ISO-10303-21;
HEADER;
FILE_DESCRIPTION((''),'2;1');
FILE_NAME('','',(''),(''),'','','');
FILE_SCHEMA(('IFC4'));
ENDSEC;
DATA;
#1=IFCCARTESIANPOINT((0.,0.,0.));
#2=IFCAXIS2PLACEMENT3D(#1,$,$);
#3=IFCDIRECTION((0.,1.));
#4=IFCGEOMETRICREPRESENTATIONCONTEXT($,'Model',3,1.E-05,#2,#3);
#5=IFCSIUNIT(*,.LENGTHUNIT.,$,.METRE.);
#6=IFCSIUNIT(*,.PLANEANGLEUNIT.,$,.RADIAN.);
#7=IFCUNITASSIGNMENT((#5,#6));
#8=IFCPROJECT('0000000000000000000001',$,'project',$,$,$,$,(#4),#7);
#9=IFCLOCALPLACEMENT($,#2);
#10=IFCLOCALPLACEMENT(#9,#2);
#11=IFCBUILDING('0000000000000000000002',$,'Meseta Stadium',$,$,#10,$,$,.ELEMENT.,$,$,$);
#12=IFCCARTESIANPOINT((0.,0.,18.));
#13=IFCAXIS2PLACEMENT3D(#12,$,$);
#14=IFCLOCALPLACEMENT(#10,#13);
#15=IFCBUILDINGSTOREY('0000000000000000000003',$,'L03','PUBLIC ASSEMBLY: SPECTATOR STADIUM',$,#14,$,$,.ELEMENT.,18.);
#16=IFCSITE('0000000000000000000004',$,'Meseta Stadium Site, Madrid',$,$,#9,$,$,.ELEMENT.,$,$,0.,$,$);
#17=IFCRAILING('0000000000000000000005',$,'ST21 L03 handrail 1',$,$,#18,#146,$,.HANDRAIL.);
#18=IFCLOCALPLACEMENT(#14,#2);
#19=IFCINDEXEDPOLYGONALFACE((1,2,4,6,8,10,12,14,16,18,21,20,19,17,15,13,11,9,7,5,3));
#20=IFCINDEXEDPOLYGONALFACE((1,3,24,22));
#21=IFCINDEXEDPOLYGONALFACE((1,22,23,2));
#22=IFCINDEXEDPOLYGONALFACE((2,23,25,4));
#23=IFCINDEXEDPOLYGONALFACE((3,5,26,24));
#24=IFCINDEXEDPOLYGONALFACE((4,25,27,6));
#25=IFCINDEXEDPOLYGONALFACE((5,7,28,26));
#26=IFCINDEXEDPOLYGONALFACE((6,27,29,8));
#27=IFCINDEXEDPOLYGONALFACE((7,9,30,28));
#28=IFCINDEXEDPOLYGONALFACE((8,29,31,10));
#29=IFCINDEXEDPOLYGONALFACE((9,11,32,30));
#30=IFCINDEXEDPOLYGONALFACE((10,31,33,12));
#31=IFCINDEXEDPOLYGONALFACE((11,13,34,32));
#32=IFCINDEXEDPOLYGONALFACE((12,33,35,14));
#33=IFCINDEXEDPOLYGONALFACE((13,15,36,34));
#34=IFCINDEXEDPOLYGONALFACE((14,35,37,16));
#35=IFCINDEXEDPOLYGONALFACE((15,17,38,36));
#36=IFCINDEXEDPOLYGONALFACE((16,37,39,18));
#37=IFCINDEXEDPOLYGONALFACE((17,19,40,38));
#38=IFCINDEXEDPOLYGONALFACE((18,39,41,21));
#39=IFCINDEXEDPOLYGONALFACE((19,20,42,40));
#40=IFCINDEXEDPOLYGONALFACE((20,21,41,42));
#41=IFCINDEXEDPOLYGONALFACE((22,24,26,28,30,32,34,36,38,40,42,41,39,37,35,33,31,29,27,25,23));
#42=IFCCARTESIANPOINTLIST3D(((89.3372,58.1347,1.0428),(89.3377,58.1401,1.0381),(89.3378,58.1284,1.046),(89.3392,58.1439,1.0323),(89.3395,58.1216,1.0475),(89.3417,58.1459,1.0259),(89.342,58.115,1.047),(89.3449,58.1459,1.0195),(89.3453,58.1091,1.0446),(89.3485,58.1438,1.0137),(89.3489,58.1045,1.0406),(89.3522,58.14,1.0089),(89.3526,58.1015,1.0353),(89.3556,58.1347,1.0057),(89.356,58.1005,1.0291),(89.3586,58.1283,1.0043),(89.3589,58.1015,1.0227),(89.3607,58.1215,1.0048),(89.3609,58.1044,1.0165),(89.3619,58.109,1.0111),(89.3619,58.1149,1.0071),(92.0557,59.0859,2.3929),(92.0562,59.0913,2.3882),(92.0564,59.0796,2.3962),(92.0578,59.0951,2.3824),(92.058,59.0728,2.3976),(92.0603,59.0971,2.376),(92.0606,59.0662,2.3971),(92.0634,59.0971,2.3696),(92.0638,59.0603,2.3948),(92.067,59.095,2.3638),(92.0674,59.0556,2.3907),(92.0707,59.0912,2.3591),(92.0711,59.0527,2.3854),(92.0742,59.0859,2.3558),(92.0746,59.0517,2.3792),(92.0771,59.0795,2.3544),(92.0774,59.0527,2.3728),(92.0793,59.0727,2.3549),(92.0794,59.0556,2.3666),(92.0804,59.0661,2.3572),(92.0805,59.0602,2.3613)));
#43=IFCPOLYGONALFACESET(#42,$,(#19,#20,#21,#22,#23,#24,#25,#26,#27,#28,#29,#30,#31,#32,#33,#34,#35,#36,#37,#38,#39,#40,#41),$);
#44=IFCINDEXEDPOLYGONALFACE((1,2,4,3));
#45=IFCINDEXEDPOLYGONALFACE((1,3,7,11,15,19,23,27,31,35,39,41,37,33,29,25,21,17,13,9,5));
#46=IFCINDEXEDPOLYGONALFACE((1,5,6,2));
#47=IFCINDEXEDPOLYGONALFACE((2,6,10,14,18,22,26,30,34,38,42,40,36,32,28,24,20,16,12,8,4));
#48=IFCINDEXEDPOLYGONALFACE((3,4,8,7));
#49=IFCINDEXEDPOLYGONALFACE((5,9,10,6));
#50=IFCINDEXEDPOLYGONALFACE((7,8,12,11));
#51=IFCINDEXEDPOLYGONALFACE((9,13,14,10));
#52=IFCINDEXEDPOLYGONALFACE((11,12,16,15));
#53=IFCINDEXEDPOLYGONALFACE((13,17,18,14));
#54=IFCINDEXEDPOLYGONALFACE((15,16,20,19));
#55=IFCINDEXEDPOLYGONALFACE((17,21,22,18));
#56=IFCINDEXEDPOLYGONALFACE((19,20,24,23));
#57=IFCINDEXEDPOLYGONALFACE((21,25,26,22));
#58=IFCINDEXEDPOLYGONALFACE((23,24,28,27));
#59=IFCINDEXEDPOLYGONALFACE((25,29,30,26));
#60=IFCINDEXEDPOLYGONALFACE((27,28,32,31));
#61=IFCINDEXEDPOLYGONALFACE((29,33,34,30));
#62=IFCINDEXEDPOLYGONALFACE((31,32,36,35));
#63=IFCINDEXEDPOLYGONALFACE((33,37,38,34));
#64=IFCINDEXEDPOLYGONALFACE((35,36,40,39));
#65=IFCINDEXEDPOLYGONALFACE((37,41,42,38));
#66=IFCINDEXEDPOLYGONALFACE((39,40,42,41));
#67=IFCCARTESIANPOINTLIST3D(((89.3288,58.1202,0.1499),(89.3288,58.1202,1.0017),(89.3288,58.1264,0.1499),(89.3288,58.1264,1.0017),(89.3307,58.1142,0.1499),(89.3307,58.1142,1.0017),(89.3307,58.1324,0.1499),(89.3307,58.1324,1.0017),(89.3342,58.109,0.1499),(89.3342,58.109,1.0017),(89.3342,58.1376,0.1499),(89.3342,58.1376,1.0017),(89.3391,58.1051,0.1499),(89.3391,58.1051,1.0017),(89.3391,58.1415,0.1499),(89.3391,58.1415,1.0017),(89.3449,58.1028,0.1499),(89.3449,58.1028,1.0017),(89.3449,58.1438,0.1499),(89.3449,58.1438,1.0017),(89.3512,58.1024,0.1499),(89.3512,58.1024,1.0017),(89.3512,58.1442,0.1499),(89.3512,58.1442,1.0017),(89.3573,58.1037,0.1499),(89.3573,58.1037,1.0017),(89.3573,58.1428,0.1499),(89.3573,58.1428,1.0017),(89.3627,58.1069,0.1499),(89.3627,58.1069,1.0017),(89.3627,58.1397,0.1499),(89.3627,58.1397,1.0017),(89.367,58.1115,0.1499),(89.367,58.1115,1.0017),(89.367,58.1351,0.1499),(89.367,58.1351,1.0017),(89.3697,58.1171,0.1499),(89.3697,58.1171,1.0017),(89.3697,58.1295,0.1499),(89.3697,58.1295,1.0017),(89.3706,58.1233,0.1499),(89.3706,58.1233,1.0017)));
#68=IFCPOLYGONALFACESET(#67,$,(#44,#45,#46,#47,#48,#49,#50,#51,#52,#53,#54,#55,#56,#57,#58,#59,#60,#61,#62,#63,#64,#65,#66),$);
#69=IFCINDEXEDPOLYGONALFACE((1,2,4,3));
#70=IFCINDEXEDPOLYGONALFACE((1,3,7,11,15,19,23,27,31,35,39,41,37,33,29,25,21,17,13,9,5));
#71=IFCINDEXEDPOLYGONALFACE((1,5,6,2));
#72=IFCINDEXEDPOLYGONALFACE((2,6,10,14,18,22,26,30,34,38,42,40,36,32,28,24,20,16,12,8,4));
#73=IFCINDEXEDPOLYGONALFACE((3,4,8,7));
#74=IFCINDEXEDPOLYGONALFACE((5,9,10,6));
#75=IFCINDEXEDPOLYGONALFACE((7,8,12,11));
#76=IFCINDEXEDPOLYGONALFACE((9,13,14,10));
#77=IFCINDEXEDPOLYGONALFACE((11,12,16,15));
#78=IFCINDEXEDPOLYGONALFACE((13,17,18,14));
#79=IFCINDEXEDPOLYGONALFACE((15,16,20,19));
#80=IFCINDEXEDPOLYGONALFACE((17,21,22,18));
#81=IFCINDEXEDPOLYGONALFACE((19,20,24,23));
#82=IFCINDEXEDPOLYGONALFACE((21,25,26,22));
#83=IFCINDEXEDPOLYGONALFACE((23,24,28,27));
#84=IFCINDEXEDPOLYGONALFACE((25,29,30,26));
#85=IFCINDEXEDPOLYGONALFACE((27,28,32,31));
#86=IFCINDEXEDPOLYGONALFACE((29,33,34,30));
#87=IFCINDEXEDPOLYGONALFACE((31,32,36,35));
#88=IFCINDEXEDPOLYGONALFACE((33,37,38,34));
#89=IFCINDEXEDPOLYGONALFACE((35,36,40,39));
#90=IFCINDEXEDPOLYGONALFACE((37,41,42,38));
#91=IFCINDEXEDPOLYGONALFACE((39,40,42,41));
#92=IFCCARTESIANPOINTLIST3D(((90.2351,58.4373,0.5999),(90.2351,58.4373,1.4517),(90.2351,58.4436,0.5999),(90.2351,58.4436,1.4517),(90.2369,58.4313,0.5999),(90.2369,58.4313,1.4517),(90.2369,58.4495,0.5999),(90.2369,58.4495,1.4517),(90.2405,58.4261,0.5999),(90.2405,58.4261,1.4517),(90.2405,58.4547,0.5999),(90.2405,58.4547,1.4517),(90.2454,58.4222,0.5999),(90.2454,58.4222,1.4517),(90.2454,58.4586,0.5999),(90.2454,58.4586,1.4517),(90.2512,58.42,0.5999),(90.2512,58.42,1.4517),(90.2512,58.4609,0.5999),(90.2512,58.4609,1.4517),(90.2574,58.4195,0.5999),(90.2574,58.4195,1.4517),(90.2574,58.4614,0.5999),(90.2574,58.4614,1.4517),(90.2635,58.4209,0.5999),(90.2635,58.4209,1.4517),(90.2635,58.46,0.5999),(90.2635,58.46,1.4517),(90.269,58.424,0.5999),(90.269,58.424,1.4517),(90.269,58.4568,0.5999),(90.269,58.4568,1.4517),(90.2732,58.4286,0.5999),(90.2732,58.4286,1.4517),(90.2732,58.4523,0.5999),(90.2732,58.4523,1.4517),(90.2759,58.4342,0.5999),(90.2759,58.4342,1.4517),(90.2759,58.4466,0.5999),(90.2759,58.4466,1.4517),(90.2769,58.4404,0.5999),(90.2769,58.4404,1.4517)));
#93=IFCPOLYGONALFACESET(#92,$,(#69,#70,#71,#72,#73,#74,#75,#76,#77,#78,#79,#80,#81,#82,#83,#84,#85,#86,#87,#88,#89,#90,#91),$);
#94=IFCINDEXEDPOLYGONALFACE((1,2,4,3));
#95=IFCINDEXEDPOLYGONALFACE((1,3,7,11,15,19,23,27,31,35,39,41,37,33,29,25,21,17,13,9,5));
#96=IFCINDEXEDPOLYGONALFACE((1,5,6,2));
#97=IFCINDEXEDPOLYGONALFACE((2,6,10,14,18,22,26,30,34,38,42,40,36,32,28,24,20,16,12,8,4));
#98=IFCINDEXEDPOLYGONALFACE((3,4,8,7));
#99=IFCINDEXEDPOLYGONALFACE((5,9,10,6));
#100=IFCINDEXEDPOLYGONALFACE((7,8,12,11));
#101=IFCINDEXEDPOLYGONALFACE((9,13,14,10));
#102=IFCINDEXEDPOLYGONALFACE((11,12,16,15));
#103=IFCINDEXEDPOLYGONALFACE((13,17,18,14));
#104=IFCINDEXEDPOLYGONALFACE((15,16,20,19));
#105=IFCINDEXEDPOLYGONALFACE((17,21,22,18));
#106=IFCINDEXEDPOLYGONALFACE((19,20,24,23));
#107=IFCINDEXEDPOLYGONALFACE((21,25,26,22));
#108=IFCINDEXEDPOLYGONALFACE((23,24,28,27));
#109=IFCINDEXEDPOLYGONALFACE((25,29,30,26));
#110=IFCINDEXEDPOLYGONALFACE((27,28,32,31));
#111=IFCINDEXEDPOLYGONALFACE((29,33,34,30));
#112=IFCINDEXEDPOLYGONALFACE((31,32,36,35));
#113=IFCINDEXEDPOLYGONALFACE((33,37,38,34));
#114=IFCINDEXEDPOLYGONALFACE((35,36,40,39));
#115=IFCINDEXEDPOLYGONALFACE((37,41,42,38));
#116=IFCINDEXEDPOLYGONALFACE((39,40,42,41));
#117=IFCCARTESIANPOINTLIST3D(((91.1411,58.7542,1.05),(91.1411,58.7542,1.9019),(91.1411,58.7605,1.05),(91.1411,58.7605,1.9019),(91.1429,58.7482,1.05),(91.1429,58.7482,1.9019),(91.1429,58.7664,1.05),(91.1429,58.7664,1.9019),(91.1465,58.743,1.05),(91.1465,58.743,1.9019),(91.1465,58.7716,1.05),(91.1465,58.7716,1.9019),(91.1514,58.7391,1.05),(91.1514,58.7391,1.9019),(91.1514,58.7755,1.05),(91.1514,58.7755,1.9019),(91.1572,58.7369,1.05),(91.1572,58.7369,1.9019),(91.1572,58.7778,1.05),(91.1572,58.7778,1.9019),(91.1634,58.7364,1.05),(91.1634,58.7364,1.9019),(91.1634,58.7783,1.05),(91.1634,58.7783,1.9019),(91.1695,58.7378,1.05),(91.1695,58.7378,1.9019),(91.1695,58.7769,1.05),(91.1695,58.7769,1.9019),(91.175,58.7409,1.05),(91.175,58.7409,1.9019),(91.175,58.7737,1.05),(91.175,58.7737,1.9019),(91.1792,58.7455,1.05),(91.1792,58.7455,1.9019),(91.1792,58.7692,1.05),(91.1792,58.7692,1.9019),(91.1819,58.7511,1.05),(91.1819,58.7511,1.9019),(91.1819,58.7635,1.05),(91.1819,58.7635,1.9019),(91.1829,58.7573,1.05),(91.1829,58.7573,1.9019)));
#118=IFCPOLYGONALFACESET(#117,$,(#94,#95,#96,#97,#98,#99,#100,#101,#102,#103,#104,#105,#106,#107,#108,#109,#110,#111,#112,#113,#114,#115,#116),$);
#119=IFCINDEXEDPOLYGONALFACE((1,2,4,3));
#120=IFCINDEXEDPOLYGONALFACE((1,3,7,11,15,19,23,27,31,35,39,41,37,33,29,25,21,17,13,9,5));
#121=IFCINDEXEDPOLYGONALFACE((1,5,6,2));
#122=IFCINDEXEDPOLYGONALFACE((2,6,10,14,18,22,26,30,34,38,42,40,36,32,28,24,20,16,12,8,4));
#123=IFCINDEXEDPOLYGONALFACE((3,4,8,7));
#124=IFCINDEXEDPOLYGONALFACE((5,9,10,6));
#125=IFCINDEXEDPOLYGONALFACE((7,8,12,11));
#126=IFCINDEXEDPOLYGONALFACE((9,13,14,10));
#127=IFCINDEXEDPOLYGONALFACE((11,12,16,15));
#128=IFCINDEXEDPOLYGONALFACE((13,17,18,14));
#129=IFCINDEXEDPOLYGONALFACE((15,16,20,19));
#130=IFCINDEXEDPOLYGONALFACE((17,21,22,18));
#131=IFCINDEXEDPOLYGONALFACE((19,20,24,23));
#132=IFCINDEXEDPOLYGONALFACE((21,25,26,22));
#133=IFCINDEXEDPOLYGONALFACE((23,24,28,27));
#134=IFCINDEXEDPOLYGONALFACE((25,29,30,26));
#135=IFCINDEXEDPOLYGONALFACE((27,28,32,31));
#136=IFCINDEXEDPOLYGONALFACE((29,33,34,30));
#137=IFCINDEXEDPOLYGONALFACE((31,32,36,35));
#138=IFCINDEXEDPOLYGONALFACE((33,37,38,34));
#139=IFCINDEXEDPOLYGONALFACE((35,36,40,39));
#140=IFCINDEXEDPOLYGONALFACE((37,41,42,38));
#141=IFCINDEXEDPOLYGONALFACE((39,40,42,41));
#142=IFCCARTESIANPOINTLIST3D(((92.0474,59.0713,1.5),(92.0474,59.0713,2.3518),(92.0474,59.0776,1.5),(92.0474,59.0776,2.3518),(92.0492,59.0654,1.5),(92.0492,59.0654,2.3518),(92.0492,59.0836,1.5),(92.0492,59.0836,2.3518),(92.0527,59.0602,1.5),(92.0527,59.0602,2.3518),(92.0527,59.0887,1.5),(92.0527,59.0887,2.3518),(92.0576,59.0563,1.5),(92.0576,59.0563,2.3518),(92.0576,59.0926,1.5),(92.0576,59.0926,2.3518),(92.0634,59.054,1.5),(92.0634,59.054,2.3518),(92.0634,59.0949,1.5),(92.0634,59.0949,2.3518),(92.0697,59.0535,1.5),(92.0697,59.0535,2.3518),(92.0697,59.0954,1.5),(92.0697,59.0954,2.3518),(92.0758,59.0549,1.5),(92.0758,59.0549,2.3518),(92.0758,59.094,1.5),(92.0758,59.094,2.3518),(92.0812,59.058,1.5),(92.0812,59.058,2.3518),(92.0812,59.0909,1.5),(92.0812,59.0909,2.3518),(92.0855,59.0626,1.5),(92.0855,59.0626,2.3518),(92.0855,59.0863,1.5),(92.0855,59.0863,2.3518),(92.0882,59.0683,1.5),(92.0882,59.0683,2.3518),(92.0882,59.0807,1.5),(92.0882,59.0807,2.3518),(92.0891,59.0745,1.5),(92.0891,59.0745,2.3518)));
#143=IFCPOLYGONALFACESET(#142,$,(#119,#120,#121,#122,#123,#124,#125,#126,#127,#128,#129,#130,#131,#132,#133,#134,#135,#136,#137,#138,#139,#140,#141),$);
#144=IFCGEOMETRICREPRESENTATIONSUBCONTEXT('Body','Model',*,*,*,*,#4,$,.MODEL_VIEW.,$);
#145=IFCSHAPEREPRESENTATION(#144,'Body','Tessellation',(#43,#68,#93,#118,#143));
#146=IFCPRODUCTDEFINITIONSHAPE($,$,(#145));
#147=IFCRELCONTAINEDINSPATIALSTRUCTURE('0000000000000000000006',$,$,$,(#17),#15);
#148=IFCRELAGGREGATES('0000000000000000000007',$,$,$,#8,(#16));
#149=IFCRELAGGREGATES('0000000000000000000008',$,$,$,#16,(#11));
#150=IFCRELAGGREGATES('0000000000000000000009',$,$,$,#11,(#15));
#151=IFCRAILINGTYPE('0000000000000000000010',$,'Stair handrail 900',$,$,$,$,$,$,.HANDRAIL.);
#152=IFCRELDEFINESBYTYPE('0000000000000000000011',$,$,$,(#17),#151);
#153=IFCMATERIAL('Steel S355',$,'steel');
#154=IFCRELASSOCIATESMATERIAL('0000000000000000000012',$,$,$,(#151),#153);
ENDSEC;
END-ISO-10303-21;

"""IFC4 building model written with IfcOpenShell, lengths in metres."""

from ifc_helpers import new_model, si_unit, direction, frame, origin, origin_2d, place, context, subcontext, project, spatial, circle, extrude, material, type_object, element, save


model = new_model("IFC4")

# Units and contexts
model_context = context("Model", 3, precision=1e-05, world=origin(), true_north=direction((0.0, 1.0)))
body_context = subcontext(model_context, "Body", "Model", "MODEL_VIEW")
ifc_project = project(units=[si_unit("LENGTHUNIT", "METRE"), si_unit("PLANEANGLEUNIT", "RADIAN")], contexts=[model_context])

# Site, building, storey
site_placement = place(None, origin())
site = spatial("IfcSite", under=ifc_project, at=site_placement, Name="Meseta Stadium Site, Madrid", CompositionType="ELEMENT", RefElevation=0.0)
building_placement = place(site_placement, origin())
building = spatial("IfcBuilding", under=site, at=building_placement, Name="Meseta Stadium", CompositionType="ELEMENT")
storey_placement = place(building_placement, frame((0.0, 0.0, 18.0)))
storey = spatial("IfcBuildingStorey", under=building, at=storey_placement, Name="L03", Description="PUBLIC ASSEMBLY: SPECTATOR STADIUM", CompositionType="ELEMENT", Elevation=18.0)

# Railing
ifc_material_1 = material(Name="Steel S355", Category="steel")
railing_type_1 = type_object("IfcRailingType", Name="Stair handrail 900", PredefinedType="HANDRAIL", material=ifc_material_1)
for number, where, name in (
    (1, (89.3496, 58.1233, 0.1499), "ST21 L03 handrail 1"),
):
    element("IfcRailing", number, at=place(storey_placement, frame(where)), inside=storey, type_object=railing_type_1, Name=name, PredefinedType="HANDRAIL", context=body_context, shape_type="SweptSolid", body=[
        extrude(circle(Radius=0.0239, at=origin_2d()), frame((0.0, 0.0, 0.876), z_axis=(0.854649, 0.299031, 0.424446), x_axis=(-0.330256, 0.943891, 0.0)), (0.0, 0.0, 1.0), 3.1809),
        extrude(circle(Radius=0.021, at=origin_2d()), origin(), (0.0, 0.0, 1.0), 0.8518),
        extrude(circle(Radius=0.021, at=origin_2d()), frame((0.9062, 0.3171, 0.45)), (0.0, 0.0, 1.0), 0.8518),
        extrude(circle(Radius=0.021, at=origin_2d()), frame((1.8123, 0.634, 0.9001)), (0.0, 0.0, 1.0), 0.8518),
        extrude(circle(Radius=0.021, at=origin_2d()), frame((2.7185, 0.9512, 1.3501)), (0.0, 0.0, 1.0), 0.8518),
    ])

save(model, "model.ifc")
